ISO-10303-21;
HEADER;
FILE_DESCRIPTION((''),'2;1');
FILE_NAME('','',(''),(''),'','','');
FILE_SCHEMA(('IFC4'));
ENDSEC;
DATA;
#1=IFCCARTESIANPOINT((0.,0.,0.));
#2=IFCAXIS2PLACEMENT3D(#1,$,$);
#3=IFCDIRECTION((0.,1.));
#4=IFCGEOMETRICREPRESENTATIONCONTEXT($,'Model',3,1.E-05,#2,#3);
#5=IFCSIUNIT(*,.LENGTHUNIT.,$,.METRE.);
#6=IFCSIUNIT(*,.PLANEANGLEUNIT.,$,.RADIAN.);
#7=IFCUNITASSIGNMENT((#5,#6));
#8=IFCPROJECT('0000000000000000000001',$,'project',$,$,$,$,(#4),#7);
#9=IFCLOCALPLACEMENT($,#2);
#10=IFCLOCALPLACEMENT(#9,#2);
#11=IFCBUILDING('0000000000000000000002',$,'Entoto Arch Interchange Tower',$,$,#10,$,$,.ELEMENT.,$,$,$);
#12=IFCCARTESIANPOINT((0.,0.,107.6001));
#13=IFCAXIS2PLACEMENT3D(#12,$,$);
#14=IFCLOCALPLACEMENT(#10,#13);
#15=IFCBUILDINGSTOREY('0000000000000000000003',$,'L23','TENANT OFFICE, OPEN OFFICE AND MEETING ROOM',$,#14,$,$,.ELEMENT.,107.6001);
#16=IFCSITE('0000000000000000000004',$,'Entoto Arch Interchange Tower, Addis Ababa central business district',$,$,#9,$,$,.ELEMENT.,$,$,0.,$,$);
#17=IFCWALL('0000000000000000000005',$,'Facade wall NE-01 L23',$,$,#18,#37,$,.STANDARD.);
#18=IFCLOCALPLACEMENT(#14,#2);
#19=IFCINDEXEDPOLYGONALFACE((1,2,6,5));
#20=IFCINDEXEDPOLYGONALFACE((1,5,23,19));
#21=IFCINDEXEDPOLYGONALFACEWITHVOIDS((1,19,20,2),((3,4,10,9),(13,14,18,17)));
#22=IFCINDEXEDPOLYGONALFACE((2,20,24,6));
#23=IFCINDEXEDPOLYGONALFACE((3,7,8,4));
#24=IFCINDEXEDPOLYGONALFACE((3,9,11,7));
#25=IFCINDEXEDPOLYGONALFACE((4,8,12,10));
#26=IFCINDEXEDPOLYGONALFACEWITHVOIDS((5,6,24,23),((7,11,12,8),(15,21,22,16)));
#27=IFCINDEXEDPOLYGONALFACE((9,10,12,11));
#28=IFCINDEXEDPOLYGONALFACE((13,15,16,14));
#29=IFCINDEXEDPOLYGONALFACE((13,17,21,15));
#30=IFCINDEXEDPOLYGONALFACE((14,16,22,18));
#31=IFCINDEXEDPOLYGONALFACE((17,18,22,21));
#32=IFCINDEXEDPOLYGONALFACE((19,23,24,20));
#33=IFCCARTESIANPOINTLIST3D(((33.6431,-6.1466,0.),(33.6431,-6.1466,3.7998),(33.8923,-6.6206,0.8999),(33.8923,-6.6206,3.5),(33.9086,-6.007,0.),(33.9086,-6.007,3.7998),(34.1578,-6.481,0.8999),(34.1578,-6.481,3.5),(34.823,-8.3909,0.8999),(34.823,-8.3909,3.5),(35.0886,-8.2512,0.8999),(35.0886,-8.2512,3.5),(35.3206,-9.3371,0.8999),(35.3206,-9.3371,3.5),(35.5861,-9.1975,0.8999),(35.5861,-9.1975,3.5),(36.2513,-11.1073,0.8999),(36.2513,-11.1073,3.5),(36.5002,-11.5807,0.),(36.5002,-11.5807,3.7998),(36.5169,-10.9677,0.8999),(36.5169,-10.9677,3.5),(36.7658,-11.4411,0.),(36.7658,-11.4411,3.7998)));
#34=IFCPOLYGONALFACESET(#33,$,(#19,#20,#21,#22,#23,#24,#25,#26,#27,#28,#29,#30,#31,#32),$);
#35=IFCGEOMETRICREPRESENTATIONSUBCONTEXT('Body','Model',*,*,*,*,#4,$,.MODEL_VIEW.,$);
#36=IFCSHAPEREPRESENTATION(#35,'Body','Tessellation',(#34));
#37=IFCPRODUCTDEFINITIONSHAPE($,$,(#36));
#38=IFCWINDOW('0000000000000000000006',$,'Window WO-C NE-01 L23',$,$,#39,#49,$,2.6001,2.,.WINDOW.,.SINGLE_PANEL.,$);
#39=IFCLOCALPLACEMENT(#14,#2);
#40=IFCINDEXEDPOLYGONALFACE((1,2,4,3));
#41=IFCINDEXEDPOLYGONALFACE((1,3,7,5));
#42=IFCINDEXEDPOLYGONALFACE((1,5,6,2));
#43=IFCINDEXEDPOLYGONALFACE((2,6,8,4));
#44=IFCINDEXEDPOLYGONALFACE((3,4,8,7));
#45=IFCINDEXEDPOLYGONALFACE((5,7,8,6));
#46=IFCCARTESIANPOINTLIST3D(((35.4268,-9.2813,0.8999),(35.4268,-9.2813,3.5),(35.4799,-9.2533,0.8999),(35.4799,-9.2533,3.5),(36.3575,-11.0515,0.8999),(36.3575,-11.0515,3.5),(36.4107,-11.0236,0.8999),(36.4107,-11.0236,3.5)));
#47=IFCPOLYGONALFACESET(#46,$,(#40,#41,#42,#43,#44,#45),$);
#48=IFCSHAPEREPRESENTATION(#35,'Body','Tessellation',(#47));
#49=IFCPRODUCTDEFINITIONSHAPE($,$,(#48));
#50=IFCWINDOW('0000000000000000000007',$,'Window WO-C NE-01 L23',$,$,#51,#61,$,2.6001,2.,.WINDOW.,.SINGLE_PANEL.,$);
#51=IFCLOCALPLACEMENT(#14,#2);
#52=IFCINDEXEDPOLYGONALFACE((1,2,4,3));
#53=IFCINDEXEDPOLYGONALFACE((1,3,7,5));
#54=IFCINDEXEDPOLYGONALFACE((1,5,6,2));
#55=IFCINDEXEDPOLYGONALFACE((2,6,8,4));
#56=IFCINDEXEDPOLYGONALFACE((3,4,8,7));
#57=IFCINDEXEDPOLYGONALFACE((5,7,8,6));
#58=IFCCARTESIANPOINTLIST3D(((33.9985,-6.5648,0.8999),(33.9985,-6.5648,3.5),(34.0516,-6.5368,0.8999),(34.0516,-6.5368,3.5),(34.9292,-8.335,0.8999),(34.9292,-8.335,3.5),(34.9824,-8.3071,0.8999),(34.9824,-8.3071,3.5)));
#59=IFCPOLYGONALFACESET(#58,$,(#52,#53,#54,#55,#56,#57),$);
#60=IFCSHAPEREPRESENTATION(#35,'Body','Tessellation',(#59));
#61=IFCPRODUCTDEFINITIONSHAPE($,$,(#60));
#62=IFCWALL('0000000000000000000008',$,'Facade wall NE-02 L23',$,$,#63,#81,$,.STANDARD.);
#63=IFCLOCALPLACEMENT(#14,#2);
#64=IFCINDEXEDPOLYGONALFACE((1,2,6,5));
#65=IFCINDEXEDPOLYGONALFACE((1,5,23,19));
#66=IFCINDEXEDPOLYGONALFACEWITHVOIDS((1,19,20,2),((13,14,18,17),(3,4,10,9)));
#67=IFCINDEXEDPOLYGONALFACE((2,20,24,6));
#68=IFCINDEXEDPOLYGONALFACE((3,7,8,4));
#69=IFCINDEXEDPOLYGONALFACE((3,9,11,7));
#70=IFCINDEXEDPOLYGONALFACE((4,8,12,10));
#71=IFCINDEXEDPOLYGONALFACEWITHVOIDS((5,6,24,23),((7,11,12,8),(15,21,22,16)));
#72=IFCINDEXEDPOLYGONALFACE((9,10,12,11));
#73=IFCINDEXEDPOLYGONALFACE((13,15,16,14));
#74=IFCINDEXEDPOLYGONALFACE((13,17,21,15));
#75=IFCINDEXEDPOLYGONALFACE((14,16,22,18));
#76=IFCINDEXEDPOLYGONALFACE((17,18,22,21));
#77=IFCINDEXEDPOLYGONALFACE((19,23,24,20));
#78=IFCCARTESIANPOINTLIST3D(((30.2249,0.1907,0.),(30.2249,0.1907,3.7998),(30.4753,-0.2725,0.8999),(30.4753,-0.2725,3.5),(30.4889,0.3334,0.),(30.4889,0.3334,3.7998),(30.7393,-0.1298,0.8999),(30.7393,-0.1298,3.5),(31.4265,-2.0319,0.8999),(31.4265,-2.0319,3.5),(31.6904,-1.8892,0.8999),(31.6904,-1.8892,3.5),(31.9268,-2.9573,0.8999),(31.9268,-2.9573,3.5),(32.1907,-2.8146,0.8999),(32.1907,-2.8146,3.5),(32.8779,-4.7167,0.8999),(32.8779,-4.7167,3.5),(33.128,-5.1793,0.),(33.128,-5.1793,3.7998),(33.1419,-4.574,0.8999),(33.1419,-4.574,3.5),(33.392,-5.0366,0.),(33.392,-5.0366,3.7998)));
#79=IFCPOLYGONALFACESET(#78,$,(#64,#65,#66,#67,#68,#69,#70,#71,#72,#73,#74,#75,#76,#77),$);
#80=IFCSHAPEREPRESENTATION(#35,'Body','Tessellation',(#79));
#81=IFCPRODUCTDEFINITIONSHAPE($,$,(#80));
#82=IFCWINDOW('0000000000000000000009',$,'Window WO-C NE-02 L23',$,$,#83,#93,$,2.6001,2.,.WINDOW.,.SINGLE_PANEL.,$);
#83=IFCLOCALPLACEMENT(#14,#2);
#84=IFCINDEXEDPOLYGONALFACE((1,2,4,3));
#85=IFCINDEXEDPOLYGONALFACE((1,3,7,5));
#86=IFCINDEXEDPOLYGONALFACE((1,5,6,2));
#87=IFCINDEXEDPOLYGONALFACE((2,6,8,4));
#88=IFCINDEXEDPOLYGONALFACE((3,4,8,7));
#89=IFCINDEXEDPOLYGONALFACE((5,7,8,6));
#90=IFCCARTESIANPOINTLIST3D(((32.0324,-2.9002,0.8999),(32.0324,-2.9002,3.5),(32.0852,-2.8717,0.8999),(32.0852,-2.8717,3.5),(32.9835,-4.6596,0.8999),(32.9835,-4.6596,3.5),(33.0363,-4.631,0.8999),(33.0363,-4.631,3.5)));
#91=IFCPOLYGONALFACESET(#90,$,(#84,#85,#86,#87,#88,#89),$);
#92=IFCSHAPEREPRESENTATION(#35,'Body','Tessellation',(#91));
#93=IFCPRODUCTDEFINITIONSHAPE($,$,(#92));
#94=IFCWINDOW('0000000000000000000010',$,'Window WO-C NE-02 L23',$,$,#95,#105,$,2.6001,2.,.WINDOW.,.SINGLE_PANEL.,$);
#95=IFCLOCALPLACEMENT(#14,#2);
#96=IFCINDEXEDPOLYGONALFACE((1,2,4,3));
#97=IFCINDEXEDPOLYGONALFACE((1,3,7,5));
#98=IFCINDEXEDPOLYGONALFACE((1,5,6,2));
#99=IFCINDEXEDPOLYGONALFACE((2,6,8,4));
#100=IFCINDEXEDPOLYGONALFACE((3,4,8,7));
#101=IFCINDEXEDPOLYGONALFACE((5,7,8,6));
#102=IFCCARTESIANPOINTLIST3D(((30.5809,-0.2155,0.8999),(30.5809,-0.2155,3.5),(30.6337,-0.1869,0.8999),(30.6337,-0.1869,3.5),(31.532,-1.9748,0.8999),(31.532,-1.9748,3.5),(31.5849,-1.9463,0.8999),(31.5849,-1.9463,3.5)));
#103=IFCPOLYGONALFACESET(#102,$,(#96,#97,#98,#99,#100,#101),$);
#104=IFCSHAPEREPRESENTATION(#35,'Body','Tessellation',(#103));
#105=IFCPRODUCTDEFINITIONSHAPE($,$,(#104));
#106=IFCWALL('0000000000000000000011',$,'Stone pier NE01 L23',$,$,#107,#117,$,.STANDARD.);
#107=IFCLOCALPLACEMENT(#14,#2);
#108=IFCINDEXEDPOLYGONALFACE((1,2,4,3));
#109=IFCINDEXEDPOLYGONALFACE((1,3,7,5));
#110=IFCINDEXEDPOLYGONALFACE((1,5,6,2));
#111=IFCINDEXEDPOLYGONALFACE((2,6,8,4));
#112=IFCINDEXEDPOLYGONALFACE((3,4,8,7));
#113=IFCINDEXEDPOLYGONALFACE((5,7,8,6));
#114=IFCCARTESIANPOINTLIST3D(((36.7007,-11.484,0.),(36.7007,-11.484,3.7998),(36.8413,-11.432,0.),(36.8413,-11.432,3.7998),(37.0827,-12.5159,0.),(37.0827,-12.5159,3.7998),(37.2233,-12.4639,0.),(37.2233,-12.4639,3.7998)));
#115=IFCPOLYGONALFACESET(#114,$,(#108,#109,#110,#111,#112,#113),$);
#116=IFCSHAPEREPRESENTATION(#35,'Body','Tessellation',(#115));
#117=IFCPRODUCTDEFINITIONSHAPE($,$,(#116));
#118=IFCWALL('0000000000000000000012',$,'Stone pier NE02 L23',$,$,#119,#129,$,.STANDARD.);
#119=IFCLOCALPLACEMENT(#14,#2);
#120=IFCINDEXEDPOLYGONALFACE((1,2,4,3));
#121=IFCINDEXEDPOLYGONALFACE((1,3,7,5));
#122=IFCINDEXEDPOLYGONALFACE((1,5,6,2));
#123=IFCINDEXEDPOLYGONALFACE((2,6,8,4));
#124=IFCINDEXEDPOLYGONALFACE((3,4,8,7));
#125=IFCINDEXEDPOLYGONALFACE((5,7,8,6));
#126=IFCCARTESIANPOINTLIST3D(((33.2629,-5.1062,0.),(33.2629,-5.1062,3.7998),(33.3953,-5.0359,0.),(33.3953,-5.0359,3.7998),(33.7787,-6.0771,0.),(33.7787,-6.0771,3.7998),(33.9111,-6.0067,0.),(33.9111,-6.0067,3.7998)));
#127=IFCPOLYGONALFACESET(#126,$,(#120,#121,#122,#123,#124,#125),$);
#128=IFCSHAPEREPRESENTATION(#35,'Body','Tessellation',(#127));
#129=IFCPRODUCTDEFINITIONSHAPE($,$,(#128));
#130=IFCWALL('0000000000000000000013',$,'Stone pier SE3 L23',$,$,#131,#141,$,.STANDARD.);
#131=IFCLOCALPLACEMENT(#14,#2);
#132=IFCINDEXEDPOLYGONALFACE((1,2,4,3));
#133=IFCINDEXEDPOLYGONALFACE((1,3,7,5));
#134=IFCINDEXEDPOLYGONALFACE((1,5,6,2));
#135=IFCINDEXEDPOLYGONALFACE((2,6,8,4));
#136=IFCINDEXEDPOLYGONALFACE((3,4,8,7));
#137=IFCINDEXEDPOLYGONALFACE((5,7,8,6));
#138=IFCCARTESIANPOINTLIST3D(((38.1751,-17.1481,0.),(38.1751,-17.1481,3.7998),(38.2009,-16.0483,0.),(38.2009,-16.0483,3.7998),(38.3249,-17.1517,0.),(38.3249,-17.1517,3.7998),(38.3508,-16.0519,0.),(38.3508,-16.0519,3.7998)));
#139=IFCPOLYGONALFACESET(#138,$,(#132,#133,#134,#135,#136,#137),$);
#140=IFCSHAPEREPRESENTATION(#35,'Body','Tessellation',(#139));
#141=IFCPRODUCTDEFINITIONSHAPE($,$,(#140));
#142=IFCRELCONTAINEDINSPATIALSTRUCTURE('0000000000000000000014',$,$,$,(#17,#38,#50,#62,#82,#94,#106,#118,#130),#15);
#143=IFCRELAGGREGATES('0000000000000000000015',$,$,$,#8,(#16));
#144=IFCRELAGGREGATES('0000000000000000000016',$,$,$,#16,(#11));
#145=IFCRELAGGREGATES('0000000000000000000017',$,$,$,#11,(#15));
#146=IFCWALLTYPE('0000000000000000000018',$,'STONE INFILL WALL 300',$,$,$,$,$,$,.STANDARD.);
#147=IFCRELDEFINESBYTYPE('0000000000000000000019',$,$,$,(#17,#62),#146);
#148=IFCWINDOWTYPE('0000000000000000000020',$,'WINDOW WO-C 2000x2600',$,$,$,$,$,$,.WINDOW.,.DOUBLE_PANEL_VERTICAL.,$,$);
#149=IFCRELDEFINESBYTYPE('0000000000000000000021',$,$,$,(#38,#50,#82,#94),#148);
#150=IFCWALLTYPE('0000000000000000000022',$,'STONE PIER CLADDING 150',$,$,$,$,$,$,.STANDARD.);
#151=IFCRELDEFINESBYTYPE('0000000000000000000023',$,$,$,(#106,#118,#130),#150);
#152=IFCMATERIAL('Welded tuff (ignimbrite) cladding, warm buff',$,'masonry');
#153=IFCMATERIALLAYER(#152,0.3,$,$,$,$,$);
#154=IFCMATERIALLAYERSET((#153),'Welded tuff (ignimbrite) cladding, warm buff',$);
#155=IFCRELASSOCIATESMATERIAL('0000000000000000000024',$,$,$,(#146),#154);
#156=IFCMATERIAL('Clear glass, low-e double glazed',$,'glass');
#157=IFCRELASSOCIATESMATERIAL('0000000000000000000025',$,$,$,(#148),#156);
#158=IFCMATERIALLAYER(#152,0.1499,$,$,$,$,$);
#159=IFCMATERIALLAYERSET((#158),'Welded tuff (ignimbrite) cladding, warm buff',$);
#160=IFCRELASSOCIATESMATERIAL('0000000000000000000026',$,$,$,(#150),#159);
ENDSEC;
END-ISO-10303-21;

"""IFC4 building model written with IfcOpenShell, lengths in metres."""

from ifc_helpers import new_model, si_unit, direction, frame, frame_2d, origin, place, context, subcontext, project, spatial, rectangle, extrude, material, layer, layer_set, type_object, element, fill, save


model = new_model("IFC4")

# Units and contexts
model_context = context("Model", 3, precision=1e-05, world=origin(), true_north=direction((0.0, 1.0)))
body_context = subcontext(model_context, "Body", "Model", "MODEL_VIEW")
ifc_project = project(units=[si_unit("LENGTHUNIT", "METRE"), si_unit("PLANEANGLEUNIT", "RADIAN")], contexts=[model_context])

# Site, building, storey
site_placement = place(None, origin())
site = spatial("IfcSite", under=ifc_project, at=site_placement, Name="Entoto Arch Interchange Tower, Addis Ababa central business district", CompositionType="ELEMENT", RefElevation=0.0)
building_placement = place(site_placement, origin())
building = spatial("IfcBuilding", under=site, at=building_placement, Name="Entoto Arch Interchange Tower", CompositionType="ELEMENT")
storey_placement = place(building_placement, frame((0.0, 0.0, 107.6001)))
storey = spatial("IfcBuildingStorey", under=building, at=storey_placement, Name="L23", Description="TENANT OFFICE, OPEN OFFICE AND MEETING ROOM", CompositionType="ELEMENT", Elevation=107.6001)

# Shared definitions
ifc_material_1 = material(Name="Welded tuff (ignimbrite) cladding, warm buff", Category="masonry")
ifc_layer_1 = layer(ifc_material_1, 0.3)
ifc_layer_set_1 = layer_set([ifc_layer_1], Name="Welded tuff (ignimbrite) cladding, warm buff")
wall_type_1 = type_object("IfcWallType", Name="STONE INFILL WALL 300", PredefinedType="STANDARD", material=ifc_layer_set_1)
ifc_material_2 = material(Name="Clear glass, low-e double glazed", Category="glass")

# Walls, openings, windows
wall_1_placement = place(storey_placement, frame((36.6331, -11.511, 0.0), z_axis=(0.0, 0.0, 1.0), x_axis=(-0.465381, 0.885111, 0.0)))
wall_1 = element("IfcWall", 1, at=wall_1_placement, inside=storey, type_object=wall_type_1, Name="Facade wall NE-01 L23", PredefinedType="STANDARD", context=body_context, shape_type="SweptSolid", body=[
    extrude(rectangle(XDim=6.1394, YDim=0.3, at=frame_2d((3.0698, 0.0))), origin(), (0.0, 0.0, 1.0), 3.7998),
])
opening_1_placement = place(wall_1_placement, frame((0.5349, 0.0, 0.8999)))
opening_1 = element("IfcOpeningElement", 2, at=opening_1_placement, cuts=wall_1, PredefinedType="OPENING", context=body_context, shape_type="SweptSolid", body=[
    extrude(rectangle(XDim=2.0, YDim=2.6001, at=frame_2d((1.0, 1.3))), frame((0.0, 0.1602, 0.0), z_axis=(0.0, -1.0, 0.0), x_axis=(1.0, 0.0, 0.0)), (0.0, 0.0, 1.0), 0.3201),
])
opening_2_placement = place(wall_1_placement, frame((3.604, 0.0, 0.8999)))
opening_2 = element("IfcOpeningElement", 3, at=opening_2_placement, cuts=wall_1, PredefinedType="OPENING", context=body_context, shape_type="SweptSolid", body=[
    extrude(rectangle(XDim=2.0, YDim=2.6001, at=frame_2d((1.0, 1.3))), frame((0.0, 0.1602, 0.0), z_axis=(0.0, -1.0, 0.0), x_axis=(1.0, 0.0, 0.0)), (0.0, 0.0, 1.0), 0.3201),
])
window_type_1 = type_object("IfcWindowType", Name="WINDOW WO-C 2000x2600", PartitioningType="DOUBLE_PANEL_VERTICAL", PredefinedType="WINDOW", material=ifc_material_2)
window_1_placement = place(opening_1_placement, origin())
window_1 = element("IfcWindow", 4, at=window_1_placement, inside=storey, type_object=window_type_1, Name="Window WO-C NE-01 L23", OverallHeight=2.6001, OverallWidth=2.0, PartitioningType="SINGLE_PANEL", PredefinedType="WINDOW", context=body_context, shape_type="SweptSolid", body=[
    extrude(rectangle(XDim=2.0, YDim=2.6001, at=frame_2d((1.0, 1.3))), frame((0.0, 0.03, 0.0), z_axis=(0.0, -1.0, 0.0), x_axis=(1.0, 0.0, 0.0)), (0.0, 0.0, 1.0), 0.0601),
])
fill(opening_1, window_1)
window_2_placement = place(opening_2_placement, origin())
window_2 = element("IfcWindow", 5, at=window_2_placement, inside=storey, type_object=window_type_1, Name="Window WO-C NE-01 L23", OverallHeight=2.6001, OverallWidth=2.0, PartitioningType="SINGLE_PANEL", PredefinedType="WINDOW", context=body_context, shape_type="SweptSolid", body=[
    extrude(rectangle(XDim=2.0, YDim=2.6001, at=frame_2d((1.0, 1.3))), frame((0.0, 0.03, 0.0), z_axis=(0.0, -1.0, 0.0), x_axis=(1.0, 0.0, 0.0)), (0.0, 0.0, 1.0), 0.0601),
])
fill(opening_2, window_2)
wall_2_placement = place(storey_placement, frame((33.26, -5.1079, 0.0), z_axis=(0.0, 0.0, 1.0), x_axis=(-0.475573, 0.879676, 0.0)))
wall_2 = element("IfcWall", 6, at=wall_2_placement, inside=storey, type_object=wall_type_1, Name="Facade wall NE-02 L23", PredefinedType="STANDARD", context=body_context, shape_type="SweptSolid", body=[
    extrude(rectangle(XDim=6.1045, YDim=0.3, at=frame_2d((3.0522, 0.0))), origin(), (0.0, 0.0, 1.0), 3.7998),
])
opening_3_placement = place(wall_2_placement, frame((0.5259, 0.0, 0.8999)))
opening_3 = element("IfcOpeningElement", 7, at=opening_3_placement, cuts=wall_2, PredefinedType="OPENING", context=body_context, shape_type="SweptSolid", body=[
    extrude(rectangle(XDim=2.0, YDim=2.6001, at=frame_2d((1.0, 1.3))), frame((0.0, 0.1602, 0.0), z_axis=(0.0, -1.0, 0.0), x_axis=(1.0, 0.0, 0.0)), (0.0, 0.0, 1.0), 0.3201),
])
opening_4_placement = place(wall_2_placement, frame((3.5779, 0.0, 0.8999)))
opening_4 = element("IfcOpeningElement", 8, at=opening_4_placement, cuts=wall_2, PredefinedType="OPENING", context=body_context, shape_type="SweptSolid", body=[
    extrude(rectangle(XDim=2.0, YDim=2.6001, at=frame_2d((1.0, 1.3))), frame((0.0, 0.1602, 0.0), z_axis=(0.0, -1.0, 0.0), x_axis=(1.0, 0.0, 0.0)), (0.0, 0.0, 1.0), 0.3201),
])
window_3_placement = place(opening_3_placement, origin())
window_3 = element("IfcWindow", 9, at=window_3_placement, inside=storey, type_object=window_type_1, Name="Window WO-C NE-02 L23", OverallHeight=2.6001, OverallWidth=2.0, PartitioningType="SINGLE_PANEL", PredefinedType="WINDOW", context=body_context, shape_type="SweptSolid", body=[
    extrude(rectangle(XDim=2.0, YDim=2.6001, at=frame_2d((1.0, 1.3))), frame((0.0, 0.03, 0.0), z_axis=(0.0, -1.0, 0.0), x_axis=(1.0, 0.0, 0.0)), (0.0, 0.0, 1.0), 0.0601),
])
fill(opening_3, window_3)
window_4_placement = place(opening_4_placement, origin())
window_4 = element("IfcWindow", 10, at=window_4_placement, inside=storey, type_object=window_type_1, Name="Window WO-C NE-02 L23", OverallHeight=2.6001, OverallWidth=2.0, PartitioningType="SINGLE_PANEL", PredefinedType="WINDOW", context=body_context, shape_type="SweptSolid", body=[
    extrude(rectangle(XDim=2.0, YDim=2.6001, at=frame_2d((1.0, 1.3))), frame((0.0, 0.03, 0.0), z_axis=(0.0, -1.0, 0.0), x_axis=(1.0, 0.0, 0.0)), (0.0, 0.0, 1.0), 0.0601),
])
fill(opening_4, window_4)

# Walls
ifc_layer_2 = layer(ifc_material_1, 0.1499)
ifc_layer_set_2 = layer_set([ifc_layer_2], Name="Welded tuff (ignimbrite) cladding, warm buff")
wall_type_2 = type_object("IfcWallType", Name="STONE PIER CLADDING 150", PredefinedType="STANDARD", material=ifc_layer_set_2)
wall_3_placement = place(storey_placement, frame((37.1531, -12.49, 0.0), z_axis=(0.0, 0.0, 1.0), x_axis=(-0.347206, 0.937789, 0.0)))
element("IfcWall", 11, at=wall_3_placement, inside=storey, type_object=wall_type_2, Name="Stone pier NE01 L23", PredefinedType="STANDARD", context=body_context, shape_type="SweptSolid", body=[
    extrude(rectangle(XDim=1.1003, YDim=0.1499, at=frame_2d((0.5503, 0.0))), origin(), (0.0, 0.0, 1.0), 3.7998),
])
wall_4_placement = place(storey_placement, frame((33.845, -6.042, 0.0), z_axis=(0.0, 0.0, 1.0), x_axis=(-0.469193, 0.883096, 0.0)))
element("IfcWall", 12, at=wall_4_placement, inside=storey, type_object=wall_type_2, Name="Stone pier NE02 L23", PredefinedType="STANDARD", context=body_context, shape_type="SweptSolid", body=[
    extrude(rectangle(XDim=1.0994, YDim=0.1499, at=frame_2d((0.5498, 0.0))), origin(), (0.0, 0.0, 1.0), 3.7998),
])
wall_5_placement = place(storey_placement, frame((38.25, -17.1499, 0.0), z_axis=(0.0, 0.0, 1.0), x_axis=(0.023523, 0.999723, 0.0)))
element("IfcWall", 13, at=wall_5_placement, inside=storey, type_object=wall_type_2, Name="Stone pier SE3 L23", PredefinedType="STANDARD", context=body_context, shape_type="SweptSolid", body=[
    extrude(rectangle(XDim=1.1001, YDim=0.1499, at=frame_2d((0.55, 0.0))), origin(), (0.0, 0.0, 1.0), 3.7998),
])

save(model, "model.ifc")
